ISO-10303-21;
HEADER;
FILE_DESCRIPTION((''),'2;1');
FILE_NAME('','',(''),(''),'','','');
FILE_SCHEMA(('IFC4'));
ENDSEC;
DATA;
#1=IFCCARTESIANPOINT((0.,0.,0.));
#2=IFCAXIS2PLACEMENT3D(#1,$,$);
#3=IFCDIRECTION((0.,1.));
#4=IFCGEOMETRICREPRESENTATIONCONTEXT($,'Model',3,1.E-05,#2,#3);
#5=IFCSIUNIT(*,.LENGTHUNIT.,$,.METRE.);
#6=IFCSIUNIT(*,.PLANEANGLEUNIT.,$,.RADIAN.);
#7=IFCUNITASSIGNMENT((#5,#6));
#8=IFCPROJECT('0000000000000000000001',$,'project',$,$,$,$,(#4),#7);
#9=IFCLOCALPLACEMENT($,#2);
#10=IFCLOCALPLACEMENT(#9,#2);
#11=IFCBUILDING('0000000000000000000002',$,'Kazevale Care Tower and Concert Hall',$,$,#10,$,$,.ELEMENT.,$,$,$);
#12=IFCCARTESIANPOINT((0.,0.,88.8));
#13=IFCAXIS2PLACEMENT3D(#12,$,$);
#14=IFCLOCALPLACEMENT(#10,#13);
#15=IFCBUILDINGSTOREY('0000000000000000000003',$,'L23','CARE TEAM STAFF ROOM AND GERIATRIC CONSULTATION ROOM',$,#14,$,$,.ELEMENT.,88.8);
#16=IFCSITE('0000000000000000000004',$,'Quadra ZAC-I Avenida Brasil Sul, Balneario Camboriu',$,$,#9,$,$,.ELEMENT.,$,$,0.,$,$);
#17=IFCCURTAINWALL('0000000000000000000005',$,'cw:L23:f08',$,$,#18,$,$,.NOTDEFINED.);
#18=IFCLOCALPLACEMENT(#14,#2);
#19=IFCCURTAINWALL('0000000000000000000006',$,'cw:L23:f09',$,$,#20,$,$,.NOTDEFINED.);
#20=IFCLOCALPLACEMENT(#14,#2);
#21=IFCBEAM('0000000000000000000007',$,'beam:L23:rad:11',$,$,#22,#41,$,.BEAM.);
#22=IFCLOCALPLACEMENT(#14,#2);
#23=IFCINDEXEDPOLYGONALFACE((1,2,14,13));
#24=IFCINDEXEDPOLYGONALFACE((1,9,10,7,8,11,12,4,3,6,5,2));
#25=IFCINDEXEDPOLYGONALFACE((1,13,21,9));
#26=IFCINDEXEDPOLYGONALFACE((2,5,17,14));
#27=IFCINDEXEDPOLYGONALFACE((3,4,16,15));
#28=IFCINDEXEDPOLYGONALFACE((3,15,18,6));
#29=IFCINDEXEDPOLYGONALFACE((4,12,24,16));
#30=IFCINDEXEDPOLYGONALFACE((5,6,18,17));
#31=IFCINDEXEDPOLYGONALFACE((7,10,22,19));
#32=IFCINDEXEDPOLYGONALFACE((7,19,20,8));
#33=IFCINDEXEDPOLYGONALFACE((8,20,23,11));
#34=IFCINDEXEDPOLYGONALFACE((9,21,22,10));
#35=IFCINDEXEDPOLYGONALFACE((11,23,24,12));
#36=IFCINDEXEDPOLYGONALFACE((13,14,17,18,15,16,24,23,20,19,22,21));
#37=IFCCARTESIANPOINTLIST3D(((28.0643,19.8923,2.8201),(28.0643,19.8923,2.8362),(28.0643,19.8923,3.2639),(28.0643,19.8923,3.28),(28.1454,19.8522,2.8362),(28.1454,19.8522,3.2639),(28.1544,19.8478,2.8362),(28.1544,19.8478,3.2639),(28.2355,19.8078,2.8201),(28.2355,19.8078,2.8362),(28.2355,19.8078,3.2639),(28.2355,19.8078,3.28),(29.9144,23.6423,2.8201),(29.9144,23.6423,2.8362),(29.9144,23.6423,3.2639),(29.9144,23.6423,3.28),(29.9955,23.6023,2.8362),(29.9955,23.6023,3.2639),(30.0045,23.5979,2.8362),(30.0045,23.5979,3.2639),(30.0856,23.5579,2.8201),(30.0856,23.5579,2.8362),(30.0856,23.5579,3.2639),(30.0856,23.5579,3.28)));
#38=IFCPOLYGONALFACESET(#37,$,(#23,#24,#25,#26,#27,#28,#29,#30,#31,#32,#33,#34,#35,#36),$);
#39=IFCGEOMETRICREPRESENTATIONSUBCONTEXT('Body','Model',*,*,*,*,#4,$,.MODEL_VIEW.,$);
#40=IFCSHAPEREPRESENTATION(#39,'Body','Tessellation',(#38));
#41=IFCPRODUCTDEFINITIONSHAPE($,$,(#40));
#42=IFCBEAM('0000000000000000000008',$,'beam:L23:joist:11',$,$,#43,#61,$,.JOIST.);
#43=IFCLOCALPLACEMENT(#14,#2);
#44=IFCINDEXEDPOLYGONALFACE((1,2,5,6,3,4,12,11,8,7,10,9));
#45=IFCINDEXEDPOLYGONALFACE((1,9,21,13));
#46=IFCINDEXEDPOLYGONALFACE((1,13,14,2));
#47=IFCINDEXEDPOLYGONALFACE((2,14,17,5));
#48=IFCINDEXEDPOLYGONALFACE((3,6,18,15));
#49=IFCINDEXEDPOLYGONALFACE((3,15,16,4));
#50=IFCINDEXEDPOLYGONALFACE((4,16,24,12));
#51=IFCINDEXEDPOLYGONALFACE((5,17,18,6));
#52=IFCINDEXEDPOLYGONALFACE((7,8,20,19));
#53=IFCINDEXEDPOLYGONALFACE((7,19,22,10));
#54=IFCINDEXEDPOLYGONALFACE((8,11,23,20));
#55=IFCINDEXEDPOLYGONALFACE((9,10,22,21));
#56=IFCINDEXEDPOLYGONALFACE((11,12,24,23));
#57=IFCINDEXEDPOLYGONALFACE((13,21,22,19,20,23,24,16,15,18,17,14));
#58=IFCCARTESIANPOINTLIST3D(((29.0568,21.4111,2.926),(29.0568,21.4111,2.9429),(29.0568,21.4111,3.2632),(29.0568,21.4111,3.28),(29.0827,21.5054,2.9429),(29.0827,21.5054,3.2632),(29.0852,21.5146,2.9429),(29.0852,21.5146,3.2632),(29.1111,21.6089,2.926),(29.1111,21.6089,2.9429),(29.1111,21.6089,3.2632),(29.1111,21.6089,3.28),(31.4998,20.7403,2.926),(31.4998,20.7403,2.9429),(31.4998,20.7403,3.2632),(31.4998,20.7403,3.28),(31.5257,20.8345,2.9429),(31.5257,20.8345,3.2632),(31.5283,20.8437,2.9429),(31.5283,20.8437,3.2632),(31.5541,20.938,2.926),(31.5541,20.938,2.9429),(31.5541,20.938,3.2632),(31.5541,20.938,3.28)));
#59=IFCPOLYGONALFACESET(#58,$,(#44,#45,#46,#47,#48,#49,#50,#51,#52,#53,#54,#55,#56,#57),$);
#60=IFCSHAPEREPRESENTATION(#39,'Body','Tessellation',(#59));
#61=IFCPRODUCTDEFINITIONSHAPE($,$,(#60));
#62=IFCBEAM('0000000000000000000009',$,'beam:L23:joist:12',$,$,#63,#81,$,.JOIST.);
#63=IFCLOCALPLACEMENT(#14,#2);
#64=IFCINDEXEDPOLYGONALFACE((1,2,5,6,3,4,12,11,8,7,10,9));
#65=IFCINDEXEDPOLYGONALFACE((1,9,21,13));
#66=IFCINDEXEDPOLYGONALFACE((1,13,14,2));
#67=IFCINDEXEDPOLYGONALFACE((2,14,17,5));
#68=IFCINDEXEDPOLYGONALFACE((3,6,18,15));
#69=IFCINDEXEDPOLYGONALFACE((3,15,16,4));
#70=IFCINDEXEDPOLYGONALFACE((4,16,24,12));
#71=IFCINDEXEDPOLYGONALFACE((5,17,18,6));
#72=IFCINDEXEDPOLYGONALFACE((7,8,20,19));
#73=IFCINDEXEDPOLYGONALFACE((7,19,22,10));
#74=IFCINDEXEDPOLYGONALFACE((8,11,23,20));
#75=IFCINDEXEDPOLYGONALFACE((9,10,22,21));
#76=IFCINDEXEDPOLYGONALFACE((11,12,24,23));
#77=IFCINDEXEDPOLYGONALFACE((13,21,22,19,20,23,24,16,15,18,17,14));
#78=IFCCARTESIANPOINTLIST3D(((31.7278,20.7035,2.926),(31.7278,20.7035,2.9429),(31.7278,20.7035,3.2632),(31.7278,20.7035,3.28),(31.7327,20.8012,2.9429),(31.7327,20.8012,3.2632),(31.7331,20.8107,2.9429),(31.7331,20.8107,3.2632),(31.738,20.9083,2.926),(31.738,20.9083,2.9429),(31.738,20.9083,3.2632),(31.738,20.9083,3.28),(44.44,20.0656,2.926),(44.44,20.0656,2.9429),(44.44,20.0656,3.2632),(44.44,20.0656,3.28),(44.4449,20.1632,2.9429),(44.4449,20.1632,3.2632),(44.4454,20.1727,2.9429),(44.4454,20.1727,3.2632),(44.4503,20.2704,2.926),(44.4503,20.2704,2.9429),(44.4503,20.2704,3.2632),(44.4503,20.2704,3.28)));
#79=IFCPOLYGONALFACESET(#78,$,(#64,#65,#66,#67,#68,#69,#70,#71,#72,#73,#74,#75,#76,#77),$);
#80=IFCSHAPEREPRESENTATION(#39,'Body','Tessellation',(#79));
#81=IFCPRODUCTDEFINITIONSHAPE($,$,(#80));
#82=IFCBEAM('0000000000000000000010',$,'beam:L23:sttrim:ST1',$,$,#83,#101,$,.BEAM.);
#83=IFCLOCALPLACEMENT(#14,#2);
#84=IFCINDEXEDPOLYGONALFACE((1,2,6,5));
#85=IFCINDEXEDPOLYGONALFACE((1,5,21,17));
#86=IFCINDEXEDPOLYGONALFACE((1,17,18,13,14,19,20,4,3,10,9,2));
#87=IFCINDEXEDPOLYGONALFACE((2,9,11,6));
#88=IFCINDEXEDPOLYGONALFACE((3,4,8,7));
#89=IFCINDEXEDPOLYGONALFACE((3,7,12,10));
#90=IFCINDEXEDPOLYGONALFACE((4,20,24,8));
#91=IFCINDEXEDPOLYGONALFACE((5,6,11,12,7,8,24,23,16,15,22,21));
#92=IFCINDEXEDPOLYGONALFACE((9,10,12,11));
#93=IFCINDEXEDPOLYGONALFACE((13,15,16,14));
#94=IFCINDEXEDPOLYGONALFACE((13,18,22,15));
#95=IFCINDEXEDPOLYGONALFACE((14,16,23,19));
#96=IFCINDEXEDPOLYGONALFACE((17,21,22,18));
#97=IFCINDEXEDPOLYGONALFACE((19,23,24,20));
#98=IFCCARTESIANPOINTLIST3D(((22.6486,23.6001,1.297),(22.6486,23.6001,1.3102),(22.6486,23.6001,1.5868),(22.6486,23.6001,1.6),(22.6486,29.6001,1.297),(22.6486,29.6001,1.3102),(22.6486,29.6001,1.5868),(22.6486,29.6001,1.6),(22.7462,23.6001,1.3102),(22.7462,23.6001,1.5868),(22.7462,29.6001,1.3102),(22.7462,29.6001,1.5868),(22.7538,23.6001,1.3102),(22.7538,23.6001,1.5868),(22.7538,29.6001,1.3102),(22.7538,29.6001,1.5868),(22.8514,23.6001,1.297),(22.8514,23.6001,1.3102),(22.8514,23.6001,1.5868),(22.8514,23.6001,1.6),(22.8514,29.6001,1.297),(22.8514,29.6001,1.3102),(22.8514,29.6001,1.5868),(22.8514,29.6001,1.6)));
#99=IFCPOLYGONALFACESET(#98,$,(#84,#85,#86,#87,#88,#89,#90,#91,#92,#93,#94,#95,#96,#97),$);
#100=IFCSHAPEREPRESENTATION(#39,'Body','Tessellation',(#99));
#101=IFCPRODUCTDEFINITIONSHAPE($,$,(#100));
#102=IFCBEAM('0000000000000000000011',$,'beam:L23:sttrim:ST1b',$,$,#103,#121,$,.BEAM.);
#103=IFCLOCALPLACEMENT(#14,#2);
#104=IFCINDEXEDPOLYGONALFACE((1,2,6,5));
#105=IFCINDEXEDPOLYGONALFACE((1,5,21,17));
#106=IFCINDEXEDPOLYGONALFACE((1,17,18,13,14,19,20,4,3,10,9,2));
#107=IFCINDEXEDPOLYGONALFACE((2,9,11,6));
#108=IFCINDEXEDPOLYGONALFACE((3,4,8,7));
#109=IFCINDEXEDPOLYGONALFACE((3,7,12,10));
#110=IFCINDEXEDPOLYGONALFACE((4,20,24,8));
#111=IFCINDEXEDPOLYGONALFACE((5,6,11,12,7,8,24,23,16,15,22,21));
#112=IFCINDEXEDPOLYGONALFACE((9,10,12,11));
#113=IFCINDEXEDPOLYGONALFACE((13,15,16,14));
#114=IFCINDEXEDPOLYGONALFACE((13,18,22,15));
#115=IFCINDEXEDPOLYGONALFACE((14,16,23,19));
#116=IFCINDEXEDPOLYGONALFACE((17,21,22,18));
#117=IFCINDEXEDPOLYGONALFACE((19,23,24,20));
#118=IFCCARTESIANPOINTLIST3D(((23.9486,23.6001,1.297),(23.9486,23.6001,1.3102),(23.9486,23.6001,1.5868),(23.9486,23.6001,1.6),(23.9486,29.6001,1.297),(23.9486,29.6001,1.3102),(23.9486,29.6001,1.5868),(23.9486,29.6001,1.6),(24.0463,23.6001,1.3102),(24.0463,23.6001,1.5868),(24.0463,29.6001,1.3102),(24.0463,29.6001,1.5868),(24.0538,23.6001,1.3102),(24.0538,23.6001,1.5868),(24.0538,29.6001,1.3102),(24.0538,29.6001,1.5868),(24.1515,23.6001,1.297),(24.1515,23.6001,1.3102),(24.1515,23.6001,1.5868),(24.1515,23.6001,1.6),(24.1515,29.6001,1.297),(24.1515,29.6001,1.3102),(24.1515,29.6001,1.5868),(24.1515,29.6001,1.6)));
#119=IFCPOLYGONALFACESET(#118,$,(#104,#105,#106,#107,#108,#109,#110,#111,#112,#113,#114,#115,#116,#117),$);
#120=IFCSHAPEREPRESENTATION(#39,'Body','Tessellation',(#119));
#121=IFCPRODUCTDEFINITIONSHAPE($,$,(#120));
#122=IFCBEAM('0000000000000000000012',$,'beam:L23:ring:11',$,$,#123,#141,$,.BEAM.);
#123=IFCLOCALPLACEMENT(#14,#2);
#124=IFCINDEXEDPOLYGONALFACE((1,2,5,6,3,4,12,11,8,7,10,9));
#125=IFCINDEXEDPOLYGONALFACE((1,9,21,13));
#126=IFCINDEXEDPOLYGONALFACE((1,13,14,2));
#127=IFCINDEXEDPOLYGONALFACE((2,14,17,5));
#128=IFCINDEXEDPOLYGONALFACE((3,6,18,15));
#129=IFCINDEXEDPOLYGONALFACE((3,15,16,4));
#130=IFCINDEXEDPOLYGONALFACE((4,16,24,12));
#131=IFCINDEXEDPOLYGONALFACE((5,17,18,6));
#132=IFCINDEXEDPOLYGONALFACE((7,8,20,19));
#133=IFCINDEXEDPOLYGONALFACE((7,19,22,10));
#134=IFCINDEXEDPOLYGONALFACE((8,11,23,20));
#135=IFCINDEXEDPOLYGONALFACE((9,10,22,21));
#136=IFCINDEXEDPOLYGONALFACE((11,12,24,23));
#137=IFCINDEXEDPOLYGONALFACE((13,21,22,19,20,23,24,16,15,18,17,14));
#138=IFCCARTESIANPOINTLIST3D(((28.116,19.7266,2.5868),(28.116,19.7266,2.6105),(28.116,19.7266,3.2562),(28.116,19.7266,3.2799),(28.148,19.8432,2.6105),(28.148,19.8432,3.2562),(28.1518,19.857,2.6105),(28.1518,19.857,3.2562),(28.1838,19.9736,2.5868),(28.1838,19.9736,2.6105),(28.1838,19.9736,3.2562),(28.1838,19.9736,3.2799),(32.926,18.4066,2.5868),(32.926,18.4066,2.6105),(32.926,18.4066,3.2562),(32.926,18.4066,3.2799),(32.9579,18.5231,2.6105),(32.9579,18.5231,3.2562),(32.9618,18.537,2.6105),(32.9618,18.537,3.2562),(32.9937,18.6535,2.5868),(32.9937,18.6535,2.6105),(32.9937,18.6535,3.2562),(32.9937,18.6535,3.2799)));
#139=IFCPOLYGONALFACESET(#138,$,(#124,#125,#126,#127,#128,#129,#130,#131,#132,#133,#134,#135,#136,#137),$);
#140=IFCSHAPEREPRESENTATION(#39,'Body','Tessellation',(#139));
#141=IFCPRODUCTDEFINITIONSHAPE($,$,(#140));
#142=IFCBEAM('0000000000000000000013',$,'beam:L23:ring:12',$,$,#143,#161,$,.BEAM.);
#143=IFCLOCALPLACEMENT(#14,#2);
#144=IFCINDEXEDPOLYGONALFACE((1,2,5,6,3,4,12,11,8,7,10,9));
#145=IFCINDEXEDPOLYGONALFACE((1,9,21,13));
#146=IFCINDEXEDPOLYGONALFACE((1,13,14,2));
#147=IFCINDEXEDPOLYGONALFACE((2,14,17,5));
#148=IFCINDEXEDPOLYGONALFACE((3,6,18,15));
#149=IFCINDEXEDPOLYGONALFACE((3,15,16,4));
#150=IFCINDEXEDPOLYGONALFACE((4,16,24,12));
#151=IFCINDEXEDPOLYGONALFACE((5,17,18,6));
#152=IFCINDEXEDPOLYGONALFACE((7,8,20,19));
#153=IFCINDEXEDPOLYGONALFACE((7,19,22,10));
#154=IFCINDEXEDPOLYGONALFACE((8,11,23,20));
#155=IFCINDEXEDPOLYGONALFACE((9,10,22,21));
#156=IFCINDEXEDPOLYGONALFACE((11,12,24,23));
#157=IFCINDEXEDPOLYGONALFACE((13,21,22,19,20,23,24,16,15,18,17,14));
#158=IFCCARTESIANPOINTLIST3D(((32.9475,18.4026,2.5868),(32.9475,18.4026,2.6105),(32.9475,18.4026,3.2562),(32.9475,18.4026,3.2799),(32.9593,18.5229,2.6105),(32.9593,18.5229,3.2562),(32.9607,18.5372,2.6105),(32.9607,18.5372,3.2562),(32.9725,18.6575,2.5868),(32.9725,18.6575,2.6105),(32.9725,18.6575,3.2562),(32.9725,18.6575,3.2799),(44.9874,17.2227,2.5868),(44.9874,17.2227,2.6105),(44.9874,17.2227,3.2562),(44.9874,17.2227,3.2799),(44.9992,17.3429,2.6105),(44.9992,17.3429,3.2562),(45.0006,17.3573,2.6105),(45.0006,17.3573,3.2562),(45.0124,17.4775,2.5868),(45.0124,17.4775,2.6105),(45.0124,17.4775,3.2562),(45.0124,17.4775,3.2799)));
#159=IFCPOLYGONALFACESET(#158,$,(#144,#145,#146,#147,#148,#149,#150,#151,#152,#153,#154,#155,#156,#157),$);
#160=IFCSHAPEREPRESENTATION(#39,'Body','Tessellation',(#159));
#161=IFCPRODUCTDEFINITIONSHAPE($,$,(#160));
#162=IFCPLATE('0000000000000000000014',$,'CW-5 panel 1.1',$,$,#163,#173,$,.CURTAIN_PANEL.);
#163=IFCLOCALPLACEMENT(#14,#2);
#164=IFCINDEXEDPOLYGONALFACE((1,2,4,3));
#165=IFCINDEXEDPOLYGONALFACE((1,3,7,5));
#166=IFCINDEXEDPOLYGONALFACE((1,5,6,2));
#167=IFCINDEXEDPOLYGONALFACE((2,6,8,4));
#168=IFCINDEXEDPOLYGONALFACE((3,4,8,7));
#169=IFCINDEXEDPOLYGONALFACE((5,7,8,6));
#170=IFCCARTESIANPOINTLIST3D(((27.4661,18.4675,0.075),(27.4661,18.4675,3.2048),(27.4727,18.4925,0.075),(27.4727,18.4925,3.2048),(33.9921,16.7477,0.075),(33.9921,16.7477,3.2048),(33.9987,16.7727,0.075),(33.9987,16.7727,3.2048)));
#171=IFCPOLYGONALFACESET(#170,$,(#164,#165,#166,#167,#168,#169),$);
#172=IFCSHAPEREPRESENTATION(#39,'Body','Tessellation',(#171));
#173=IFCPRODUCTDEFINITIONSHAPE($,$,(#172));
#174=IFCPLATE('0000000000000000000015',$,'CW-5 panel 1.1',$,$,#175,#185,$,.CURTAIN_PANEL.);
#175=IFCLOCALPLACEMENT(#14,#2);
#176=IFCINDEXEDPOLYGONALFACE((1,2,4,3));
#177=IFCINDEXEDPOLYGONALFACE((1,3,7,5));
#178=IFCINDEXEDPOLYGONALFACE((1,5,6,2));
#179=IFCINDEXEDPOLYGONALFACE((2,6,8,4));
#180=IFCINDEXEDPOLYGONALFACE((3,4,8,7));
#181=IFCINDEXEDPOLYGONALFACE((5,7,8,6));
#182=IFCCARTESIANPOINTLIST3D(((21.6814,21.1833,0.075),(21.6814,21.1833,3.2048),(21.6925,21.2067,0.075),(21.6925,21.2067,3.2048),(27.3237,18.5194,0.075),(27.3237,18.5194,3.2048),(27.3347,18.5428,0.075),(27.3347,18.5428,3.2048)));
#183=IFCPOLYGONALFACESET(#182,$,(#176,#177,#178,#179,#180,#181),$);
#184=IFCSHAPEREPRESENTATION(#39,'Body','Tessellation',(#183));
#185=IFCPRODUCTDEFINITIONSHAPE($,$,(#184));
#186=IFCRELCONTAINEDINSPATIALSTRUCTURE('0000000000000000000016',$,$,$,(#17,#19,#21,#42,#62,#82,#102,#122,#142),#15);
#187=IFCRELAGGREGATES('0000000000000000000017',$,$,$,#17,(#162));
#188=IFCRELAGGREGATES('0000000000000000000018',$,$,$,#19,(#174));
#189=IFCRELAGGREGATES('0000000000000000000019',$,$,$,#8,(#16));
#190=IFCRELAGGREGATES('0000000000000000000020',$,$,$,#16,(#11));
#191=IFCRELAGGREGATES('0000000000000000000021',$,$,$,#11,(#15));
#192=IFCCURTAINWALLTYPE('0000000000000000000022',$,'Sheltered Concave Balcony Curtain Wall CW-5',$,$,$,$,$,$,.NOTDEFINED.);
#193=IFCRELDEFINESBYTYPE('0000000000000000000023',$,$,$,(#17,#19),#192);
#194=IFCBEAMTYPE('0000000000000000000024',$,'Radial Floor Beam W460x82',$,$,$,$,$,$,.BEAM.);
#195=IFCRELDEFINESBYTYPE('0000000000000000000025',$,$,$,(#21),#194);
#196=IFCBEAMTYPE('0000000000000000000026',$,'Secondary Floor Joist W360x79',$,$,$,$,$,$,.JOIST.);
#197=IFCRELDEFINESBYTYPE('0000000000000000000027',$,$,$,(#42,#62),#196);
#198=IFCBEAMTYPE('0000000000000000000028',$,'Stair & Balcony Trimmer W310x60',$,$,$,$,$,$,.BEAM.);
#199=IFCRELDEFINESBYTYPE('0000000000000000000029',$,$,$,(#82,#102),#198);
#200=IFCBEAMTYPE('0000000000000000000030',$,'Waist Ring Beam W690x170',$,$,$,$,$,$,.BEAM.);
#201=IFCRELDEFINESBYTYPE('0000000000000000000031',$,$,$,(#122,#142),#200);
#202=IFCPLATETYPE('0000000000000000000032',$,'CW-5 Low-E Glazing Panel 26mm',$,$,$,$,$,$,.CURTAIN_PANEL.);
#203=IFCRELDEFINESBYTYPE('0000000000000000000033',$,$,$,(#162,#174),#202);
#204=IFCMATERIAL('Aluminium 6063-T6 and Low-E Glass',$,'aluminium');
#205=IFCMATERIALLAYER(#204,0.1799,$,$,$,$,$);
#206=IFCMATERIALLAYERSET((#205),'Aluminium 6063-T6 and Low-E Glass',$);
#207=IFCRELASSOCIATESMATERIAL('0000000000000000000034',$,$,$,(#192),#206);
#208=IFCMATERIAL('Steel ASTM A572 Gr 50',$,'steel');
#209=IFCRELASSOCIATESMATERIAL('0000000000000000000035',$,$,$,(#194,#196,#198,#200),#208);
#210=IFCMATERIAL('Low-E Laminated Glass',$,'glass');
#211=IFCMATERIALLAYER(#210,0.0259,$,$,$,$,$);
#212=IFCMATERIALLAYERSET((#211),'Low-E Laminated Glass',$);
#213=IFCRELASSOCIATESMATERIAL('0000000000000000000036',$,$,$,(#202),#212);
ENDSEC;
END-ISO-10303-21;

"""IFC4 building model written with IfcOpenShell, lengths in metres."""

from ifc_helpers import new_model, si_unit, direction, frame, origin, origin_2d, place, context, subcontext, project, spatial, rectangle, i_section, extrude, material, layer, layer_set, material_profile, profile_set, type_object, element, aggregate, save


model = new_model("IFC4")

# Units and contexts
model_context = context("Model", 3, precision=1e-05, world=origin(), true_north=direction((0.0, 1.0)))
body_context = subcontext(model_context, "Body", "Model", "MODEL_VIEW")
ifc_project = project(units=[si_unit("LENGTHUNIT", "METRE"), si_unit("PLANEANGLEUNIT", "RADIAN")], contexts=[model_context])

# Site, building, storey
site_placement = place(None, origin())
site = spatial("IfcSite", under=ifc_project, at=site_placement, Name="Quadra ZAC-I Avenida Brasil Sul, Balneario Camboriu", CompositionType="ELEMENT", RefElevation=0.0)
building_placement = place(site_placement, origin())
building = spatial("IfcBuilding", under=site, at=building_placement, Name="Kazevale Care Tower and Concert Hall", CompositionType="ELEMENT")
storey_placement = place(building_placement, frame((0.0, 0.0, 88.8)))
storey = spatial("IfcBuildingStorey", under=building, at=storey_placement, Name="L23", Description="CARE TEAM STAFF ROOM AND GERIATRIC CONSULTATION ROOM", CompositionType="ELEMENT", Elevation=88.8)

# Curtain wall
ifc_material_1 = material(Name="Aluminium 6063-T6 and Low-E Glass", Category="aluminium")
ifc_layer_1 = layer(ifc_material_1, 0.1799)
ifc_layer_set_1 = layer_set([ifc_layer_1], Name="Aluminium 6063-T6 and Low-E Glass")
curtain_wall_type = type_object("IfcCurtainWallType", Name="Sheltered Concave Balcony Curtain Wall CW-5", PredefinedType="NOTDEFINED", material=ifc_layer_set_1)
curtain_wall_1_placement = place(storey_placement, origin())
curtain_wall_1 = element("IfcCurtainWall", 1, at=curtain_wall_1_placement, inside=storey, type_object=curtain_wall_type, Name="cw:L23:f08", PredefinedType="NOTDEFINED")

# Curtain wall
curtain_wall_2_placement = place(storey_placement, origin())
curtain_wall_2 = element("IfcCurtainWall", 2, at=curtain_wall_2_placement, inside=storey, type_object=curtain_wall_type, Name="cw:L23:f09", PredefinedType="NOTDEFINED")

# Beams
ifc_material_2 = material(Name="Steel ASTM A572 Gr 50", Category="steel")
ifc_material_profile_1 = material_profile(ifc_material_2, i_section(OverallWidth=0.1909, OverallDepth=0.46, WebThickness=0.01, FlangeThickness=0.0161, at=origin_2d()), Name="W460x82")
ifc_profile_set_1 = profile_set([ifc_material_profile_1], Name="Steel ASTM A572 Gr 50")
beam_type_1 = type_object("IfcBeamType", Name="Radial Floor Beam W460x82", PredefinedType="BEAM", material=ifc_profile_set_1)
beam_1_placement = place(storey_placement, frame((30.0, 23.6001, 3.05), z_axis=(-0.442443, -0.896797, 0.0), x_axis=(0.896797, -0.442443, 0.0)))
element("IfcBeam", 3, at=beam_1_placement, inside=storey, type_object=beam_type_1, Name="beam:L23:rad:11", PredefinedType="BEAM", context=body_context, shape_type="SweptSolid", body=[
    extrude(i_section(OverallWidth=0.1909, OverallDepth=0.46, WebThickness=0.01, FlangeThickness=0.0161, at=origin_2d()), origin(), (0.0, 0.0, 1.0), 4.1816),
])
ifc_material_profile_2 = material_profile(ifc_material_2, i_section(OverallWidth=0.2051, OverallDepth=0.354, WebThickness=0.0095, FlangeThickness=0.0168, at=origin_2d()), Name="W360x79")
ifc_profile_set_2 = profile_set([ifc_material_profile_2], Name="Steel ASTM A572 Gr 50")
beam_type_2 = type_object("IfcBeamType", Name="Secondary Floor Joist W360x79", PredefinedType="JOIST", material=ifc_profile_set_2)
beam_2_placement = place(storey_placement, frame((29.084, 21.51, 3.103), z_axis=(0.964302, -0.264805, 0.0), x_axis=(0.264805, 0.964302, 0.0)))
element("IfcBeam", 4, at=beam_2_placement, inside=storey, type_object=beam_type_2, Name="beam:L23:joist:11", PredefinedType="JOIST", context=body_context, shape_type="SweptSolid", body=[
    extrude(i_section(OverallWidth=0.2051, OverallDepth=0.354, WebThickness=0.0095, FlangeThickness=0.0168, at=origin_2d()), origin(), (0.0, 0.0, 1.0), 2.5334),
])
beam_3_placement = place(storey_placement, frame((31.7329, 20.8059, 3.103), z_axis=(0.998743, -0.05012, 0.0), x_axis=(0.05012, 0.998743, 0.0)))
element("IfcBeam", 5, at=beam_3_placement, inside=storey, type_object=beam_type_2, Name="beam:L23:joist:12", PredefinedType="JOIST", context=body_context, shape_type="SweptSolid", body=[
    extrude(i_section(OverallWidth=0.2051, OverallDepth=0.354, WebThickness=0.0095, FlangeThickness=0.0168, at=origin_2d()), origin(), (0.0, 0.0, 1.0), 12.7283),
])
ifc_material_profile_3 = material_profile(ifc_material_2, i_section(OverallWidth=0.2029, OverallDepth=0.303, WebThickness=0.0076, FlangeThickness=0.0132, at=origin_2d()), Name="W310x60")
ifc_profile_set_3 = profile_set([ifc_material_profile_3], Name="Steel ASTM A572 Gr 50")
beam_type_3 = type_object("IfcBeamType", Name="Stair & Balcony Trimmer W310x60", PredefinedType="BEAM", material=ifc_profile_set_3)
for number, where, z_axis, x_axis, name in (
    (6, (22.75, 23.6001, 1.4485), (0.0, 1.0, 0.0), (-1.0, 0.0, 0.0), "beam:L23:sttrim:ST1"),
    (7, (24.05, 23.6001, 1.4485), (0.0, 1.0, 0.0), (-1.0, 0.0, 0.0), "beam:L23:sttrim:ST1b"),
):
    element("IfcBeam", number, at=place(storey_placement, frame(where, z_axis=z_axis, x_axis=x_axis)), inside=storey, type_object=beam_type_3, Name=name, PredefinedType="BEAM", context=body_context, shape_type="SweptSolid", body=[
        extrude(i_section(OverallWidth=0.2029, OverallDepth=0.303, WebThickness=0.0076, FlangeThickness=0.0132, at=origin_2d()), origin(), (0.0, 0.0, 1.0), 6.0),
    ])
ifc_material_profile_4 = material_profile(ifc_material_2, i_section(OverallWidth=0.2561, OverallDepth=0.6931, WebThickness=0.0144, FlangeThickness=0.0237, at=origin_2d()), Name="W690x170")
ifc_profile_set_4 = profile_set([ifc_material_profile_4], Name="Steel ASTM A572 Gr 50")
beam_type_4 = type_object("IfcBeamType", Name="Waist Ring Beam W690x170", PredefinedType="BEAM", material=ifc_profile_set_4)
beam_4_placement = place(storey_placement, frame((28.1499, 19.8501, 2.9333), z_axis=(0.964344, -0.264654, 0.0), x_axis=(0.264654, 0.964344, 0.0)))
element("IfcBeam", 8, at=beam_4_placement, inside=storey, type_object=beam_type_4, Name="beam:L23:ring:11", PredefinedType="BEAM", context=body_context, shape_type="SweptSolid", body=[
    extrude(i_section(OverallWidth=0.2561, OverallDepth=0.6931, WebThickness=0.0144, FlangeThickness=0.0237, at=origin_2d()), origin(), (0.0, 0.0, 1.0), 4.9878),
])
beam_5_placement = place(storey_placement, frame((32.96, 18.53, 2.9333), z_axis=(0.995232, -0.097533, 0.0), x_axis=(0.097533, 0.995232, 0.0)))
element("IfcBeam", 9, at=beam_5_placement, inside=storey, type_object=beam_type_4, Name="beam:L23:ring:12", PredefinedType="BEAM", context=body_context, shape_type="SweptSolid", body=[
    extrude(i_section(OverallWidth=0.2561, OverallDepth=0.6931, WebThickness=0.0144, FlangeThickness=0.0237, at=origin_2d()), origin(), (0.0, 0.0, 1.0), 12.0977),
])

# Plates
ifc_material_3 = material(Name="Low-E Laminated Glass", Category="glass")
ifc_layer_2 = layer(ifc_material_3, 0.0259)
ifc_layer_set_2 = layer_set([ifc_layer_2], Name="Low-E Laminated Glass")
plate_type = type_object("IfcPlateType", Name="CW-5 Low-E Glazing Panel 26mm", PredefinedType="CURTAIN_PANEL", material=ifc_layer_set_2)
plate_1_placement = place(storey_placement, frame((30.7324, 17.6201, 0.075), z_axis=(0.0, 0.0, 1.0), x_axis=(-0.966986, 0.254829, 0.0)))
plate_1 = element("IfcPlate", 10, at=plate_1_placement, type_object=plate_type, Name="CW-5 panel 1.1", PredefinedType="CURTAIN_PANEL", context=body_context, shape_type="SweptSolid", body=[
    extrude(rectangle(XDim=6.7488, YDim=0.0259, at=origin_2d()), origin(), (0.0, 0.0, 1.0), 3.1299),
])
aggregate(curtain_wall_1, [plate_1])
plate_2_placement = place(storey_placement, frame((24.5081, 19.863, 0.075), z_axis=(0.0, 0.0, 1.0), x_axis=(-0.904279, 0.426942, 0.0)))
plate_2 = element("IfcPlate", 11, at=plate_2_placement, type_object=plate_type, Name="CW-5 panel 1.1", PredefinedType="CURTAIN_PANEL", context=body_context, shape_type="SweptSolid", body=[
    extrude(rectangle(XDim=6.2395, YDim=0.0259, at=origin_2d()), origin(), (0.0, 0.0, 1.0), 3.1299),
])
aggregate(curtain_wall_2, [plate_2])

save(model, "model.ifc")
